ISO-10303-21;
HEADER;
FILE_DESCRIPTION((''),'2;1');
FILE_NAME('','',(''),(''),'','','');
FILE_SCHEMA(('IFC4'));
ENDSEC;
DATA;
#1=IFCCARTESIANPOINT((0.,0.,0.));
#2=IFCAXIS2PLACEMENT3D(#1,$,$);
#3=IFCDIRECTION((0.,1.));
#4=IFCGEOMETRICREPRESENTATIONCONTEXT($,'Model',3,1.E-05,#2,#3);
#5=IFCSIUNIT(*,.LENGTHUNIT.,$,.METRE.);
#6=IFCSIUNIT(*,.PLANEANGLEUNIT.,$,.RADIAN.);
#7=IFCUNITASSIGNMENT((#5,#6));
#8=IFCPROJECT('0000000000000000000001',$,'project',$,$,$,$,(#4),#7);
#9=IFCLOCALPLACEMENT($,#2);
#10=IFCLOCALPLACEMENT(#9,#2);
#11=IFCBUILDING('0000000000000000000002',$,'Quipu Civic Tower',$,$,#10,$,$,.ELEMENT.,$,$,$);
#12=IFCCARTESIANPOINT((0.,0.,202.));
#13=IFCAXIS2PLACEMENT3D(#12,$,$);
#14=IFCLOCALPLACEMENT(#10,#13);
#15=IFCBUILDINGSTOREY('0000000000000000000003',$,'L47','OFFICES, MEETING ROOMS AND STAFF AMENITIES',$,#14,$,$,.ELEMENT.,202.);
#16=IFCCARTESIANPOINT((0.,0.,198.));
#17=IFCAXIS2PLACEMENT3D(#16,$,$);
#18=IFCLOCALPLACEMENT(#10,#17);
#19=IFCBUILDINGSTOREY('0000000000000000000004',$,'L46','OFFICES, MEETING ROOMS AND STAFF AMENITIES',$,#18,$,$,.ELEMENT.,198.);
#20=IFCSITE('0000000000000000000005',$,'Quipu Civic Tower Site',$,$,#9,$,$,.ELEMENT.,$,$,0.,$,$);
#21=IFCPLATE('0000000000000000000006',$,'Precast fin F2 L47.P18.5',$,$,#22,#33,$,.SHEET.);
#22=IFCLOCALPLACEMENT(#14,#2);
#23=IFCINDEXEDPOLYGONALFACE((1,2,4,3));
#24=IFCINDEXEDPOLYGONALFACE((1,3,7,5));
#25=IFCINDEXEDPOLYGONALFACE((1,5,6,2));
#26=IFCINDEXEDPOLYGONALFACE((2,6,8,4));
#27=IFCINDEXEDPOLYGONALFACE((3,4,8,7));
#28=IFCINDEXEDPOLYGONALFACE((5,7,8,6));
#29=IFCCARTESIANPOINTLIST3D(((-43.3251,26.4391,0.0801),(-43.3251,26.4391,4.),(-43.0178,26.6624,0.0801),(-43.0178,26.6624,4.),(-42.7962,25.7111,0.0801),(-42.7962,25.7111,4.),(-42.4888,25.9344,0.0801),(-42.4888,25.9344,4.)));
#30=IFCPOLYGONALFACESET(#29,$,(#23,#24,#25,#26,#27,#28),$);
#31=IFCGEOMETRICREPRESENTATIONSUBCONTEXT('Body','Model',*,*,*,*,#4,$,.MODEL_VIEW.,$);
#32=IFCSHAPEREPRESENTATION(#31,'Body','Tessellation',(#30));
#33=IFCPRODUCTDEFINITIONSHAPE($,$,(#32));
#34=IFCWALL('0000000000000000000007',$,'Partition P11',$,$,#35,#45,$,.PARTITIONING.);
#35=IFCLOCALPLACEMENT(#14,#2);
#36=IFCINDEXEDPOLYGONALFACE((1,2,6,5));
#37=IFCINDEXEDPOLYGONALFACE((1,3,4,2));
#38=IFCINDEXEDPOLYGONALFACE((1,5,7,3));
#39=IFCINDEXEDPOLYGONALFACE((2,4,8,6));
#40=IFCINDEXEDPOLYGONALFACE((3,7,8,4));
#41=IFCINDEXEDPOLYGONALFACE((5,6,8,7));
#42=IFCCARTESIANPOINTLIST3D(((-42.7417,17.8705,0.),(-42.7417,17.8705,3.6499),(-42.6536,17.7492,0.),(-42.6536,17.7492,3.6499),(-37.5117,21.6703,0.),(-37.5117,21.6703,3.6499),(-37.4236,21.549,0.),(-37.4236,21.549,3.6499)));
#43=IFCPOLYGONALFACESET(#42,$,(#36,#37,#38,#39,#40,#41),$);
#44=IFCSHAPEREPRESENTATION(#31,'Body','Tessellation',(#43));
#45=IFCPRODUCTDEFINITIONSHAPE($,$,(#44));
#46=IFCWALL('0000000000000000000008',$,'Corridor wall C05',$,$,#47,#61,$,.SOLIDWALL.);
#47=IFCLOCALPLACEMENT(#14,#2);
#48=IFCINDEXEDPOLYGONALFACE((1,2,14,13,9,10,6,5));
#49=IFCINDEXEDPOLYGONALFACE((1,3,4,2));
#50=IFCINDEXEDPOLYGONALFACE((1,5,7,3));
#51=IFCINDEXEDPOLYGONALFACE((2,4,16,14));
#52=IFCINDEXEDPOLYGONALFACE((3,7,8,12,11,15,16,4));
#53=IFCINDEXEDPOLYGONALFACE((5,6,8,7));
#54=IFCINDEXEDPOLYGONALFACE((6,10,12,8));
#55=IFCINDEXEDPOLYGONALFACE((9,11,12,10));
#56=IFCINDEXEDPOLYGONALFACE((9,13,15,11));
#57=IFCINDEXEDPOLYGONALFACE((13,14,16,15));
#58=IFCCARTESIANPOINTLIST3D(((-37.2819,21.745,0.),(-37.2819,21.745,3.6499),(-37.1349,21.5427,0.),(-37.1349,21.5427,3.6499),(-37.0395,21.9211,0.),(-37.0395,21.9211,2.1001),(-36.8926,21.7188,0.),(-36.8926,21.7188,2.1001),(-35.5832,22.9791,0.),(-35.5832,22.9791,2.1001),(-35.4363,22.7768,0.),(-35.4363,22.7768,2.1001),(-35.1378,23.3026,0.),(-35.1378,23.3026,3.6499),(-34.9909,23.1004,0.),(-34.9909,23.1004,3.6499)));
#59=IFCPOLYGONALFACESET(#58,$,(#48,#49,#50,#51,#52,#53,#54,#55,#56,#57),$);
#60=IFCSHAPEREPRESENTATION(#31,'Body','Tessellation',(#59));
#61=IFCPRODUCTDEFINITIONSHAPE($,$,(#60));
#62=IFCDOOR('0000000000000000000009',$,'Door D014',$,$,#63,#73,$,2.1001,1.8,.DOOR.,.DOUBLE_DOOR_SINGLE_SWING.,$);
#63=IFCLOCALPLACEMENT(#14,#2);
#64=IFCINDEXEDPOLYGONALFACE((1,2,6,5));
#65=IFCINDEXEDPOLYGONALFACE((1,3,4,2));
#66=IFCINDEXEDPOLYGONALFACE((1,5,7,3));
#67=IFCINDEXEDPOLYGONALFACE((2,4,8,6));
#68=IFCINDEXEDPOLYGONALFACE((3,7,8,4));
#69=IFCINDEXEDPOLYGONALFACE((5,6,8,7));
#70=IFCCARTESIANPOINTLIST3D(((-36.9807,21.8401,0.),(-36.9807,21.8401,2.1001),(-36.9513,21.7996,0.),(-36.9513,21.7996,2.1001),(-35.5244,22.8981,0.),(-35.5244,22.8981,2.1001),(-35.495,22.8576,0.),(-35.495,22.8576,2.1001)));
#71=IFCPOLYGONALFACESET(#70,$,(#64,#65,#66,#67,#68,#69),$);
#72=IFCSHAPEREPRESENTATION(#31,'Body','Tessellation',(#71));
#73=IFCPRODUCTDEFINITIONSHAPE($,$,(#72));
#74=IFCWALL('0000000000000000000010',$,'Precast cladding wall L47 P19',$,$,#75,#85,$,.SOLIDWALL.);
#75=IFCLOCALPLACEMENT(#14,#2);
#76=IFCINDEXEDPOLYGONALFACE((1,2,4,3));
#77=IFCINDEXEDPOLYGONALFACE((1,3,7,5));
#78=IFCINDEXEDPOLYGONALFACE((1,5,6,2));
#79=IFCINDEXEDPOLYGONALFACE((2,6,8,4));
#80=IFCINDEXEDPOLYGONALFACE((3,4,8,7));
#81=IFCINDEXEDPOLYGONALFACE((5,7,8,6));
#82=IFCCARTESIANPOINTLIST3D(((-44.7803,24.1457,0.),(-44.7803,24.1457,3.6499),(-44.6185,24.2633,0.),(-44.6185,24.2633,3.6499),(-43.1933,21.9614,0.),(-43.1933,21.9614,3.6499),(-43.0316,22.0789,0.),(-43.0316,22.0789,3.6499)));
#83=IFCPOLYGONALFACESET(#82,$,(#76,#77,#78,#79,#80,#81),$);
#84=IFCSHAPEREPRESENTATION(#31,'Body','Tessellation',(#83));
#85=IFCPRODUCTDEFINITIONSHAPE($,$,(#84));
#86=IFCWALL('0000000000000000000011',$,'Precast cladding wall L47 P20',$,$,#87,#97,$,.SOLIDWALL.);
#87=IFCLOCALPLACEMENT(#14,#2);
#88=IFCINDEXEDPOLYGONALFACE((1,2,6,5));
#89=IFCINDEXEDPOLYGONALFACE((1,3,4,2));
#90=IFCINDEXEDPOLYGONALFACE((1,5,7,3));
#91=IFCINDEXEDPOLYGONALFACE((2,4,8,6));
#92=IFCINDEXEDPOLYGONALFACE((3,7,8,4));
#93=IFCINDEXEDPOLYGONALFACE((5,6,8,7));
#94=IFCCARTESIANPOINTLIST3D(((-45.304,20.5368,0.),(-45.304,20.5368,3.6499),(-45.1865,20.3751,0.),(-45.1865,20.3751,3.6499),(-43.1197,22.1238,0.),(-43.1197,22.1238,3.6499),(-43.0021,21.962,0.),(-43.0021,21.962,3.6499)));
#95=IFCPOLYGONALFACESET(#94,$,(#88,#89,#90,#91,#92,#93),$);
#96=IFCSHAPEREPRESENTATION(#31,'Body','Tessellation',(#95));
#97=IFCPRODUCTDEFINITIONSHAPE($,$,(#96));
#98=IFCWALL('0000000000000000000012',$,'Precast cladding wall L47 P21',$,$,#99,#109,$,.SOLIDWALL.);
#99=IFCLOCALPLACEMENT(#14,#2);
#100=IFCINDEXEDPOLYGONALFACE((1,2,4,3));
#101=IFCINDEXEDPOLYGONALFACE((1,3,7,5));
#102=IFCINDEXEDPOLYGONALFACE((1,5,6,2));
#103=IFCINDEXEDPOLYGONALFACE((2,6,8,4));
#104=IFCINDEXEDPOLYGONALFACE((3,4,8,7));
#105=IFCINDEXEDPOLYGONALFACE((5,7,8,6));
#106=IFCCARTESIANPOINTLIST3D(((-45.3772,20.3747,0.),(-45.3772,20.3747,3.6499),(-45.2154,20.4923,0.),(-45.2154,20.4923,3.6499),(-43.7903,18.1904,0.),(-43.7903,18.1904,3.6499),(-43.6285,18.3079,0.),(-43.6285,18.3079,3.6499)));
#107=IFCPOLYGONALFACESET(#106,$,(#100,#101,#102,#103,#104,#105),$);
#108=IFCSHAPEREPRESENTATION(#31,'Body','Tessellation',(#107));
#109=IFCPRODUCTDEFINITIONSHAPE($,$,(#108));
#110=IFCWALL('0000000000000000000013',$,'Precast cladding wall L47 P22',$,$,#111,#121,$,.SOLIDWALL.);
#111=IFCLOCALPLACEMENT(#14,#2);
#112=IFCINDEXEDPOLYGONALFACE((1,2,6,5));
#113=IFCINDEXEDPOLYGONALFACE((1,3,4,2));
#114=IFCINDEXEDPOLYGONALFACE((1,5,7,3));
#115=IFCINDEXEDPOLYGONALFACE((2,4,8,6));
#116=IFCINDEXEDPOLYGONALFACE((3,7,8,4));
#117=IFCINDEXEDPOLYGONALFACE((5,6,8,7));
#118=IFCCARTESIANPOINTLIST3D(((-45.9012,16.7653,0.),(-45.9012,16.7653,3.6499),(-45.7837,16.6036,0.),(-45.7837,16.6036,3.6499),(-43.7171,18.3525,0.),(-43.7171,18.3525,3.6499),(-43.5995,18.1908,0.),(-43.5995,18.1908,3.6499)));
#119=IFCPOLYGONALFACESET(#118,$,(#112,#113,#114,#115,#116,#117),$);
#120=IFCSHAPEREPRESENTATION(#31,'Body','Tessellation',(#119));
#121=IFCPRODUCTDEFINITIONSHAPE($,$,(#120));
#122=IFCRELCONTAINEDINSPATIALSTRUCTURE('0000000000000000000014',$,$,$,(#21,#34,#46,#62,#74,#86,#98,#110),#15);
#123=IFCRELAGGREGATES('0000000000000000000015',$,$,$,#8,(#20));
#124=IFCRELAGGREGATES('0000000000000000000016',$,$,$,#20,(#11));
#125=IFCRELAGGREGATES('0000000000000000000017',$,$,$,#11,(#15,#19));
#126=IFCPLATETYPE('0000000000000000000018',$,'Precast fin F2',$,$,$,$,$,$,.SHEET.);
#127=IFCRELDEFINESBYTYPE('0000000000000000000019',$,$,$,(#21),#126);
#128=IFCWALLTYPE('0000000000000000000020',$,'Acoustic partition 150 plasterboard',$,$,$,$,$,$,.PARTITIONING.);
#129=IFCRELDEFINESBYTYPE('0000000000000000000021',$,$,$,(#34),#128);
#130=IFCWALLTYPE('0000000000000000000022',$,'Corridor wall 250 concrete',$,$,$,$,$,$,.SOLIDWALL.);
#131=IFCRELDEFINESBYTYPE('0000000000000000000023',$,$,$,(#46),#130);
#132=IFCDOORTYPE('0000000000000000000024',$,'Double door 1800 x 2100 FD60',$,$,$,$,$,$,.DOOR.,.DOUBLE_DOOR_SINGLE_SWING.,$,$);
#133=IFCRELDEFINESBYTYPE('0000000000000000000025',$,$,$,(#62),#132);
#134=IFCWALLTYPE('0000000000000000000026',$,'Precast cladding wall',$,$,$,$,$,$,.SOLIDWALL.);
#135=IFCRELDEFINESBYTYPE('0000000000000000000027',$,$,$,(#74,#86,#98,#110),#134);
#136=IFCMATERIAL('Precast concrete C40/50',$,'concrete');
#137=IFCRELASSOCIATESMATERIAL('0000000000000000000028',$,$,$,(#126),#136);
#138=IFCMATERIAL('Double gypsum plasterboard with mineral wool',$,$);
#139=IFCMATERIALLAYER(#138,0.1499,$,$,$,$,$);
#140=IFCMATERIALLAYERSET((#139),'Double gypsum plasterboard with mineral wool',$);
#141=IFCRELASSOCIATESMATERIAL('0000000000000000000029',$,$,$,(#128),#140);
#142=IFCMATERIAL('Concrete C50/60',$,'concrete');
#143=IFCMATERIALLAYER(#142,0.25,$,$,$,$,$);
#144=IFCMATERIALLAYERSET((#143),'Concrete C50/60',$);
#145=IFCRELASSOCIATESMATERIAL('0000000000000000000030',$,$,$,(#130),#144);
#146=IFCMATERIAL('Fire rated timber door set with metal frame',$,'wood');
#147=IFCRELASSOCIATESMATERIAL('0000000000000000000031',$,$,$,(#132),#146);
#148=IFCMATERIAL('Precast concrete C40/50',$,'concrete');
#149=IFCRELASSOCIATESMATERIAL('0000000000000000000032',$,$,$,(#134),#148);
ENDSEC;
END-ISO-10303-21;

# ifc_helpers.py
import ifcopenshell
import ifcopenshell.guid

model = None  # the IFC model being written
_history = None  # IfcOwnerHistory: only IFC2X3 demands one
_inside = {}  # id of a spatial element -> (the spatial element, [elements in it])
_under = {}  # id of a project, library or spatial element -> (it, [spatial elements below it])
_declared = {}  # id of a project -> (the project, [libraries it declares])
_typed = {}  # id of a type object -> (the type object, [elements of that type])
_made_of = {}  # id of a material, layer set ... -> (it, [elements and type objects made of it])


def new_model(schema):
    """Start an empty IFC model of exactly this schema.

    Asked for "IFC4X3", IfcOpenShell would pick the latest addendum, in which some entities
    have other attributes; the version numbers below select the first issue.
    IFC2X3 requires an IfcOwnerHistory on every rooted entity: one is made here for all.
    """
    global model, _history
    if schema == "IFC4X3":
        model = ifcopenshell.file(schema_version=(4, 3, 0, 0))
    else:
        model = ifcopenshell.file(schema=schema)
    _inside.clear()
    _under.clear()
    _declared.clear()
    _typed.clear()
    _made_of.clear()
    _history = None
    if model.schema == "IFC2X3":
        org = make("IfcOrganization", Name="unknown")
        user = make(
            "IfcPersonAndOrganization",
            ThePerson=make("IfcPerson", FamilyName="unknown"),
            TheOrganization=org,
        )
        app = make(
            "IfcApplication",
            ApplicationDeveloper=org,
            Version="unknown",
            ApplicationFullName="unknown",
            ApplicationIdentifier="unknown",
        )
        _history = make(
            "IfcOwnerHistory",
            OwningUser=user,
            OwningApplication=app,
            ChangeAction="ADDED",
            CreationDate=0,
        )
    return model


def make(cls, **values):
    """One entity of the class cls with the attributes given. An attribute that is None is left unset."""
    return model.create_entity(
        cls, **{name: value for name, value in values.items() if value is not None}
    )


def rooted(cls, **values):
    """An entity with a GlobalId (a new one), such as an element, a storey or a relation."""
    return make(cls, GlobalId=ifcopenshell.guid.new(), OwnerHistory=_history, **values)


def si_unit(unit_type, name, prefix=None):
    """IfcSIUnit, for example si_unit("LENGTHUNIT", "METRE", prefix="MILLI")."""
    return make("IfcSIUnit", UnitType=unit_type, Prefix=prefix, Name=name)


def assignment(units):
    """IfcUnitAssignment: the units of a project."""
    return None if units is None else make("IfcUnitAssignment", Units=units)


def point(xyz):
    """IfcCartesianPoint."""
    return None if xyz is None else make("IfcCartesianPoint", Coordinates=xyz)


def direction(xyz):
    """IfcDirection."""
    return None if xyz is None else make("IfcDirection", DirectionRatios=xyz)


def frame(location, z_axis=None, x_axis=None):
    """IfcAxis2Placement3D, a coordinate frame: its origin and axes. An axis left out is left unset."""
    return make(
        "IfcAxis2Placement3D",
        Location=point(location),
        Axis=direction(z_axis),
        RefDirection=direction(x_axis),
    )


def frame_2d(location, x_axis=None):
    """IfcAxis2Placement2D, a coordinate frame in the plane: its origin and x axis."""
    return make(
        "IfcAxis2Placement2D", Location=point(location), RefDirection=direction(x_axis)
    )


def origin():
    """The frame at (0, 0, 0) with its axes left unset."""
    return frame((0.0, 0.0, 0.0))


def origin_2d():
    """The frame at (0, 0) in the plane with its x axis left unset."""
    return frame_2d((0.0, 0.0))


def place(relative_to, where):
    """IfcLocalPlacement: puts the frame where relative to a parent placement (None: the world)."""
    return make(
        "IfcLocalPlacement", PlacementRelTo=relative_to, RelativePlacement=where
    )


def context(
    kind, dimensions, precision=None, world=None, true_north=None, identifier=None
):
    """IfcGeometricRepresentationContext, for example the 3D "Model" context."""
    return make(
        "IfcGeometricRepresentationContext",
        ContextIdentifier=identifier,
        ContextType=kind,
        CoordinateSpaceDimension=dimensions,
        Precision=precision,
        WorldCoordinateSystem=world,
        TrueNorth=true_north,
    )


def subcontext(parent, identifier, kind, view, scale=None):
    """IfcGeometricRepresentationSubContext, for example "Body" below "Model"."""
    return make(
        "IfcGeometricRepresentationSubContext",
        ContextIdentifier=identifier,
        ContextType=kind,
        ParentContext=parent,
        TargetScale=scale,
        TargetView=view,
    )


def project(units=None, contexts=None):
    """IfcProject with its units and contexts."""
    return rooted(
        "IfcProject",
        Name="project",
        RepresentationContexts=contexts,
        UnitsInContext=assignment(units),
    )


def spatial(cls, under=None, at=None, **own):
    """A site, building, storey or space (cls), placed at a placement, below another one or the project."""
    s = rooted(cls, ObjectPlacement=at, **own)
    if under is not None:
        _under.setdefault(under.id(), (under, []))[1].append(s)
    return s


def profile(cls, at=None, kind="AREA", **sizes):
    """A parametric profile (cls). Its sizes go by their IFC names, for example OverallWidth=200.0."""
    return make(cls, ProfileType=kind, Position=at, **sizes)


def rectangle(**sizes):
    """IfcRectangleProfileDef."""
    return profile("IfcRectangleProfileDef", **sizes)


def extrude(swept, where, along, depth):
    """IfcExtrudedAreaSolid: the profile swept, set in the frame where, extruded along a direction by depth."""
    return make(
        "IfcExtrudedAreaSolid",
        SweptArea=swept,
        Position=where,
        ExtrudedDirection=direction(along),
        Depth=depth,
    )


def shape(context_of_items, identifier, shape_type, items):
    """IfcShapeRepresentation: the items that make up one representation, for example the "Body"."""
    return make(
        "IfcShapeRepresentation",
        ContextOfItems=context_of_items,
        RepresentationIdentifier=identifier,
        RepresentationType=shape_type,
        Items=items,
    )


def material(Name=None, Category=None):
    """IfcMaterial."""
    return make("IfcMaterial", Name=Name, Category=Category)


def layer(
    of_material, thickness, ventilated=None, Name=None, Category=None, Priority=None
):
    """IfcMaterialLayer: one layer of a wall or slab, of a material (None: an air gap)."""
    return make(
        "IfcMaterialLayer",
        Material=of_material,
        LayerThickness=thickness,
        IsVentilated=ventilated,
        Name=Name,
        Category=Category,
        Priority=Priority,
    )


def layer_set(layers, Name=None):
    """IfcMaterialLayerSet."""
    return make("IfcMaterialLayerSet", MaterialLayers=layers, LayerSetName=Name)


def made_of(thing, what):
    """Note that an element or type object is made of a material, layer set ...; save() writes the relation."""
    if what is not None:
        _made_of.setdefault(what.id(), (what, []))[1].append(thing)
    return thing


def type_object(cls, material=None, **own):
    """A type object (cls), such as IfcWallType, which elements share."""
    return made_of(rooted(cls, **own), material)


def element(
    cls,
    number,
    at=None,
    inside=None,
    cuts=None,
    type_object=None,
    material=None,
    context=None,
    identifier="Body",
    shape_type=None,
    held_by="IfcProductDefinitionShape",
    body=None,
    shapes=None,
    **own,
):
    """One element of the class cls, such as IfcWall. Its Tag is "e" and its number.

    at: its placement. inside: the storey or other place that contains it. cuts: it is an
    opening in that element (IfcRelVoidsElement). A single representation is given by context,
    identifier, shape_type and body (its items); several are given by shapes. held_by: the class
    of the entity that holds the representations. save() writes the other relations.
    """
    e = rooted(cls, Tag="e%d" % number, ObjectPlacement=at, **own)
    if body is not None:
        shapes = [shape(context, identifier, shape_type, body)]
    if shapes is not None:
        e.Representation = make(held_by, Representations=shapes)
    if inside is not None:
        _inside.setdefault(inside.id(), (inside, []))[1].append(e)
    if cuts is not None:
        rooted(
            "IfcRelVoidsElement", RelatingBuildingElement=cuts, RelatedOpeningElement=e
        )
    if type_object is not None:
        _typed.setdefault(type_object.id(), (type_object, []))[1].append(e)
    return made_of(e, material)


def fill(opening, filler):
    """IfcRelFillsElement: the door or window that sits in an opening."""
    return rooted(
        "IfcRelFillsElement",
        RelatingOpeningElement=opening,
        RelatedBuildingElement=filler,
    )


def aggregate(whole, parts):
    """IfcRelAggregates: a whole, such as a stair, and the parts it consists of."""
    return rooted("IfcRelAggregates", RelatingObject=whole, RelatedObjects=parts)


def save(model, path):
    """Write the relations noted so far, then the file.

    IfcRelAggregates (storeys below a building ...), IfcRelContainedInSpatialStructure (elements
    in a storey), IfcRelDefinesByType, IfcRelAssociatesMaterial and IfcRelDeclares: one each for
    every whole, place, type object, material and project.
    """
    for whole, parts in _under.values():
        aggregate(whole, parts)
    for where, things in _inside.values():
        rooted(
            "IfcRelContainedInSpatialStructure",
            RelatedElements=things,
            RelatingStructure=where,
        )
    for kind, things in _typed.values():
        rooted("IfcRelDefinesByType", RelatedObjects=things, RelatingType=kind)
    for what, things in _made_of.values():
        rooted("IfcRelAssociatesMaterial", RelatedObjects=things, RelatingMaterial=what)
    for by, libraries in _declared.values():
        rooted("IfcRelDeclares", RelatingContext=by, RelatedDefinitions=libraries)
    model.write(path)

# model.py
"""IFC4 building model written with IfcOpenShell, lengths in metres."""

from ifc_helpers import new_model, si_unit, direction, frame, frame_2d, origin, origin_2d, place, context, subcontext, project, spatial, rectangle, extrude, material, layer, layer_set, type_object, element, fill, save


model = new_model("IFC4")

# Units and contexts
model_context = context("Model", 3, precision=1e-05, world=origin(), true_north=direction((0.0, 1.0)))
body_context = subcontext(model_context, "Body", "Model", "MODEL_VIEW")
ifc_project = project(units=[si_unit("LENGTHUNIT", "METRE"), si_unit("PLANEANGLEUNIT", "RADIAN")], contexts=[model_context])

# Site, building, storey
site_placement = place(None, origin())
site = spatial("IfcSite", under=ifc_project, at=site_placement, Name="Quipu Civic Tower Site", CompositionType="ELEMENT", RefElevation=0.0)
building_placement = place(site_placement, origin())
building = spatial("IfcBuilding", under=site, at=building_placement, Name="Quipu Civic Tower", CompositionType="ELEMENT")
storey_1_placement = place(building_placement, frame((0.0, 0.0, 202.0)))
storey_1 = spatial("IfcBuildingStorey", under=building, at=storey_1_placement, Name="L47", Description="OFFICES, MEETING ROOMS AND STAFF AMENITIES", CompositionType="ELEMENT", Elevation=202.0)

# Shared definitions
storey_2_placement = place(building_placement, frame((0.0, 0.0, 198.0)))
storey_2 = spatial("IfcBuildingStorey", under=building, at=storey_2_placement, Name="L46", Description="OFFICES, MEETING ROOMS AND STAFF AMENITIES", CompositionType="ELEMENT", Elevation=198.0)

# Plate
ifc_material_1 = material(Name="Precast concrete C40/50", Category="concrete")
plate_type_1 = type_object("IfcPlateType", Name="Precast fin F2", PredefinedType="SHEET", material=ifc_material_1)
for number, where, z_axis, x_axis, name in (
    (1, (-42.907, 26.1868, 0.0801), (0.0, 0.0, 1.0), (-0.809017, -0.587785, 0.0), "Precast fin F2 L47.P18.5"),
):
    element("IfcPlate", number, at=place(storey_1_placement, frame(where, z_axis=z_axis, x_axis=x_axis)), inside=storey_1, type_object=plate_type_1, Name=name, PredefinedType="SHEET", context=body_context, shape_type="SweptSolid", body=[
        extrude(rectangle(XDim=0.3799, YDim=0.8999, at=origin_2d()), origin(), (0.0, 0.0, 1.0), 3.9199),
    ])

# Wall
ifc_material_2 = material(Name="Double gypsum plasterboard with mineral wool")
ifc_layer_1 = layer(ifc_material_2, 0.1499)
ifc_layer_set_1 = layer_set([ifc_layer_1], Name="Double gypsum plasterboard with mineral wool")
wall_type_1 = type_object("IfcWallType", Name="Acoustic partition 150 plasterboard", PredefinedType="PARTITIONING", material=ifc_layer_set_1)
wall_1_placement = place(storey_1_placement, frame((-42.6978, 17.8098, 0.0), z_axis=(0.0, 0.0, 1.0), x_axis=(0.809017, 0.587785, 0.0)))
element("IfcWall", 2, at=wall_1_placement, inside=storey_1, type_object=wall_type_1, Name="Partition P11", PredefinedType="PARTITIONING", context=body_context, shape_type="SweptSolid", body=[
    extrude(rectangle(XDim=6.4646, YDim=0.1499, at=frame_2d((3.2324, 0.0))), origin(), (0.0, 0.0, 1.0), 3.6499),
])

# Wall, opening, door
ifc_material_3 = material(Name="Concrete C50/60", Category="concrete")
ifc_layer_2 = layer(ifc_material_3, 0.25)
ifc_layer_set_2 = layer_set([ifc_layer_2], Name="Concrete C50/60")
wall_type_2 = type_object("IfcWallType", Name="Corridor wall 250 concrete", PredefinedType="SOLIDWALL", material=ifc_layer_set_2)
wall_2_placement = place(storey_1_placement, frame((-37.2085, 21.6438, 0.0), z_axis=(0.0, 0.0, 1.0), x_axis=(0.809039, 0.587755, 0.0)))
wall_2 = element("IfcWall", 3, at=wall_2_placement, inside=storey_1, type_object=wall_type_2, Name="Corridor wall C05", PredefinedType="SOLIDWALL", context=body_context, shape_type="SweptSolid", body=[
    extrude(rectangle(XDim=2.6501, YDim=0.25, at=frame_2d((1.3252, 0.0))), origin(), (0.0, 0.0, 1.0), 3.6499),
])
opening_placement = place(wall_2_placement, frame((0.2998, 0.0, 0.0)))
opening = element("IfcOpeningElement", 4, at=opening_placement, cuts=wall_2, PredefinedType="OPENING", context=body_context, shape_type="SweptSolid", body=[
    extrude(rectangle(XDim=1.8, YDim=2.1001, at=frame_2d((0.8999, 1.05))), frame((0.0, 0.135, 0.0), z_axis=(0.0, -1.0, 0.0), x_axis=(1.0, 0.0, 0.0)), (0.0, 0.0, 1.0), 0.27),
])
ifc_material_4 = material(Name="Fire rated timber door set with metal frame", Category="wood")
door_type = type_object("IfcDoorType", Name="Double door 1800 x 2100 FD60", OperationType="DOUBLE_DOOR_SINGLE_SWING", PredefinedType="DOOR", material=ifc_material_4)
door_placement = place(opening_placement, origin())
door = element("IfcDoor", 5, at=door_placement, inside=storey_1, type_object=door_type, Name="Door D014", OperationType="DOUBLE_DOOR_SINGLE_SWING", OverallHeight=2.1001, OverallWidth=1.8, PredefinedType="DOOR", context=body_context, shape_type="SweptSolid", body=[
    extrude(rectangle(XDim=1.8, YDim=2.1001, at=frame_2d((0.8999, 1.05))), frame((0.0, 0.0249, 0.0), z_axis=(0.0, -1.0, 0.0), x_axis=(1.0, 0.0, 0.0)), (0.0, 0.0, 1.0), 0.05),
])
fill(opening, door)

# Walls
ifc_material_5 = material(Name="Precast concrete C40/50", Category="concrete")
wall_type_3 = type_object("IfcWallType", Name="Precast cladding wall", PredefinedType="SOLIDWALL", material=ifc_material_5)
for number, where, z_axis, x_axis, name in (
    (6, (-44.6995, 24.2046, 0.0), (0.0, 0.0, 1.0), (0.587763, -0.809033, 0.0), "Precast cladding wall L47 P19"),
    (7, (-43.0608, 22.043, 0.0), (0.0, 0.0, 1.0), (-0.809033, -0.587763, 0.0), "Precast cladding wall L47 P20"),
    (8, (-45.2964, 20.4336, 0.0), (0.0, 0.0, 1.0), (0.587763, -0.809033, 0.0), "Precast cladding wall L47 P21"),
    (9, (-43.6582, 18.2717, 0.0), (0.0, 0.0, 1.0), (-0.808959, -0.587865, 0.0), "Precast cladding wall L47 P22"),
):
    element("IfcWall", number, at=place(storey_1_placement, frame(where, z_axis=z_axis, x_axis=x_axis)), inside=storey_1, type_object=wall_type_3, Name=name, PredefinedType="SOLIDWALL", context=body_context, shape_type="SweptSolid", body=[
        extrude(rectangle(XDim=2.7, YDim=0.2, at=frame_2d((1.3501, 0.0))), origin(), (0.0, 0.0, 1.0), 3.6499),
    ])

save(model, "model.ifc")
